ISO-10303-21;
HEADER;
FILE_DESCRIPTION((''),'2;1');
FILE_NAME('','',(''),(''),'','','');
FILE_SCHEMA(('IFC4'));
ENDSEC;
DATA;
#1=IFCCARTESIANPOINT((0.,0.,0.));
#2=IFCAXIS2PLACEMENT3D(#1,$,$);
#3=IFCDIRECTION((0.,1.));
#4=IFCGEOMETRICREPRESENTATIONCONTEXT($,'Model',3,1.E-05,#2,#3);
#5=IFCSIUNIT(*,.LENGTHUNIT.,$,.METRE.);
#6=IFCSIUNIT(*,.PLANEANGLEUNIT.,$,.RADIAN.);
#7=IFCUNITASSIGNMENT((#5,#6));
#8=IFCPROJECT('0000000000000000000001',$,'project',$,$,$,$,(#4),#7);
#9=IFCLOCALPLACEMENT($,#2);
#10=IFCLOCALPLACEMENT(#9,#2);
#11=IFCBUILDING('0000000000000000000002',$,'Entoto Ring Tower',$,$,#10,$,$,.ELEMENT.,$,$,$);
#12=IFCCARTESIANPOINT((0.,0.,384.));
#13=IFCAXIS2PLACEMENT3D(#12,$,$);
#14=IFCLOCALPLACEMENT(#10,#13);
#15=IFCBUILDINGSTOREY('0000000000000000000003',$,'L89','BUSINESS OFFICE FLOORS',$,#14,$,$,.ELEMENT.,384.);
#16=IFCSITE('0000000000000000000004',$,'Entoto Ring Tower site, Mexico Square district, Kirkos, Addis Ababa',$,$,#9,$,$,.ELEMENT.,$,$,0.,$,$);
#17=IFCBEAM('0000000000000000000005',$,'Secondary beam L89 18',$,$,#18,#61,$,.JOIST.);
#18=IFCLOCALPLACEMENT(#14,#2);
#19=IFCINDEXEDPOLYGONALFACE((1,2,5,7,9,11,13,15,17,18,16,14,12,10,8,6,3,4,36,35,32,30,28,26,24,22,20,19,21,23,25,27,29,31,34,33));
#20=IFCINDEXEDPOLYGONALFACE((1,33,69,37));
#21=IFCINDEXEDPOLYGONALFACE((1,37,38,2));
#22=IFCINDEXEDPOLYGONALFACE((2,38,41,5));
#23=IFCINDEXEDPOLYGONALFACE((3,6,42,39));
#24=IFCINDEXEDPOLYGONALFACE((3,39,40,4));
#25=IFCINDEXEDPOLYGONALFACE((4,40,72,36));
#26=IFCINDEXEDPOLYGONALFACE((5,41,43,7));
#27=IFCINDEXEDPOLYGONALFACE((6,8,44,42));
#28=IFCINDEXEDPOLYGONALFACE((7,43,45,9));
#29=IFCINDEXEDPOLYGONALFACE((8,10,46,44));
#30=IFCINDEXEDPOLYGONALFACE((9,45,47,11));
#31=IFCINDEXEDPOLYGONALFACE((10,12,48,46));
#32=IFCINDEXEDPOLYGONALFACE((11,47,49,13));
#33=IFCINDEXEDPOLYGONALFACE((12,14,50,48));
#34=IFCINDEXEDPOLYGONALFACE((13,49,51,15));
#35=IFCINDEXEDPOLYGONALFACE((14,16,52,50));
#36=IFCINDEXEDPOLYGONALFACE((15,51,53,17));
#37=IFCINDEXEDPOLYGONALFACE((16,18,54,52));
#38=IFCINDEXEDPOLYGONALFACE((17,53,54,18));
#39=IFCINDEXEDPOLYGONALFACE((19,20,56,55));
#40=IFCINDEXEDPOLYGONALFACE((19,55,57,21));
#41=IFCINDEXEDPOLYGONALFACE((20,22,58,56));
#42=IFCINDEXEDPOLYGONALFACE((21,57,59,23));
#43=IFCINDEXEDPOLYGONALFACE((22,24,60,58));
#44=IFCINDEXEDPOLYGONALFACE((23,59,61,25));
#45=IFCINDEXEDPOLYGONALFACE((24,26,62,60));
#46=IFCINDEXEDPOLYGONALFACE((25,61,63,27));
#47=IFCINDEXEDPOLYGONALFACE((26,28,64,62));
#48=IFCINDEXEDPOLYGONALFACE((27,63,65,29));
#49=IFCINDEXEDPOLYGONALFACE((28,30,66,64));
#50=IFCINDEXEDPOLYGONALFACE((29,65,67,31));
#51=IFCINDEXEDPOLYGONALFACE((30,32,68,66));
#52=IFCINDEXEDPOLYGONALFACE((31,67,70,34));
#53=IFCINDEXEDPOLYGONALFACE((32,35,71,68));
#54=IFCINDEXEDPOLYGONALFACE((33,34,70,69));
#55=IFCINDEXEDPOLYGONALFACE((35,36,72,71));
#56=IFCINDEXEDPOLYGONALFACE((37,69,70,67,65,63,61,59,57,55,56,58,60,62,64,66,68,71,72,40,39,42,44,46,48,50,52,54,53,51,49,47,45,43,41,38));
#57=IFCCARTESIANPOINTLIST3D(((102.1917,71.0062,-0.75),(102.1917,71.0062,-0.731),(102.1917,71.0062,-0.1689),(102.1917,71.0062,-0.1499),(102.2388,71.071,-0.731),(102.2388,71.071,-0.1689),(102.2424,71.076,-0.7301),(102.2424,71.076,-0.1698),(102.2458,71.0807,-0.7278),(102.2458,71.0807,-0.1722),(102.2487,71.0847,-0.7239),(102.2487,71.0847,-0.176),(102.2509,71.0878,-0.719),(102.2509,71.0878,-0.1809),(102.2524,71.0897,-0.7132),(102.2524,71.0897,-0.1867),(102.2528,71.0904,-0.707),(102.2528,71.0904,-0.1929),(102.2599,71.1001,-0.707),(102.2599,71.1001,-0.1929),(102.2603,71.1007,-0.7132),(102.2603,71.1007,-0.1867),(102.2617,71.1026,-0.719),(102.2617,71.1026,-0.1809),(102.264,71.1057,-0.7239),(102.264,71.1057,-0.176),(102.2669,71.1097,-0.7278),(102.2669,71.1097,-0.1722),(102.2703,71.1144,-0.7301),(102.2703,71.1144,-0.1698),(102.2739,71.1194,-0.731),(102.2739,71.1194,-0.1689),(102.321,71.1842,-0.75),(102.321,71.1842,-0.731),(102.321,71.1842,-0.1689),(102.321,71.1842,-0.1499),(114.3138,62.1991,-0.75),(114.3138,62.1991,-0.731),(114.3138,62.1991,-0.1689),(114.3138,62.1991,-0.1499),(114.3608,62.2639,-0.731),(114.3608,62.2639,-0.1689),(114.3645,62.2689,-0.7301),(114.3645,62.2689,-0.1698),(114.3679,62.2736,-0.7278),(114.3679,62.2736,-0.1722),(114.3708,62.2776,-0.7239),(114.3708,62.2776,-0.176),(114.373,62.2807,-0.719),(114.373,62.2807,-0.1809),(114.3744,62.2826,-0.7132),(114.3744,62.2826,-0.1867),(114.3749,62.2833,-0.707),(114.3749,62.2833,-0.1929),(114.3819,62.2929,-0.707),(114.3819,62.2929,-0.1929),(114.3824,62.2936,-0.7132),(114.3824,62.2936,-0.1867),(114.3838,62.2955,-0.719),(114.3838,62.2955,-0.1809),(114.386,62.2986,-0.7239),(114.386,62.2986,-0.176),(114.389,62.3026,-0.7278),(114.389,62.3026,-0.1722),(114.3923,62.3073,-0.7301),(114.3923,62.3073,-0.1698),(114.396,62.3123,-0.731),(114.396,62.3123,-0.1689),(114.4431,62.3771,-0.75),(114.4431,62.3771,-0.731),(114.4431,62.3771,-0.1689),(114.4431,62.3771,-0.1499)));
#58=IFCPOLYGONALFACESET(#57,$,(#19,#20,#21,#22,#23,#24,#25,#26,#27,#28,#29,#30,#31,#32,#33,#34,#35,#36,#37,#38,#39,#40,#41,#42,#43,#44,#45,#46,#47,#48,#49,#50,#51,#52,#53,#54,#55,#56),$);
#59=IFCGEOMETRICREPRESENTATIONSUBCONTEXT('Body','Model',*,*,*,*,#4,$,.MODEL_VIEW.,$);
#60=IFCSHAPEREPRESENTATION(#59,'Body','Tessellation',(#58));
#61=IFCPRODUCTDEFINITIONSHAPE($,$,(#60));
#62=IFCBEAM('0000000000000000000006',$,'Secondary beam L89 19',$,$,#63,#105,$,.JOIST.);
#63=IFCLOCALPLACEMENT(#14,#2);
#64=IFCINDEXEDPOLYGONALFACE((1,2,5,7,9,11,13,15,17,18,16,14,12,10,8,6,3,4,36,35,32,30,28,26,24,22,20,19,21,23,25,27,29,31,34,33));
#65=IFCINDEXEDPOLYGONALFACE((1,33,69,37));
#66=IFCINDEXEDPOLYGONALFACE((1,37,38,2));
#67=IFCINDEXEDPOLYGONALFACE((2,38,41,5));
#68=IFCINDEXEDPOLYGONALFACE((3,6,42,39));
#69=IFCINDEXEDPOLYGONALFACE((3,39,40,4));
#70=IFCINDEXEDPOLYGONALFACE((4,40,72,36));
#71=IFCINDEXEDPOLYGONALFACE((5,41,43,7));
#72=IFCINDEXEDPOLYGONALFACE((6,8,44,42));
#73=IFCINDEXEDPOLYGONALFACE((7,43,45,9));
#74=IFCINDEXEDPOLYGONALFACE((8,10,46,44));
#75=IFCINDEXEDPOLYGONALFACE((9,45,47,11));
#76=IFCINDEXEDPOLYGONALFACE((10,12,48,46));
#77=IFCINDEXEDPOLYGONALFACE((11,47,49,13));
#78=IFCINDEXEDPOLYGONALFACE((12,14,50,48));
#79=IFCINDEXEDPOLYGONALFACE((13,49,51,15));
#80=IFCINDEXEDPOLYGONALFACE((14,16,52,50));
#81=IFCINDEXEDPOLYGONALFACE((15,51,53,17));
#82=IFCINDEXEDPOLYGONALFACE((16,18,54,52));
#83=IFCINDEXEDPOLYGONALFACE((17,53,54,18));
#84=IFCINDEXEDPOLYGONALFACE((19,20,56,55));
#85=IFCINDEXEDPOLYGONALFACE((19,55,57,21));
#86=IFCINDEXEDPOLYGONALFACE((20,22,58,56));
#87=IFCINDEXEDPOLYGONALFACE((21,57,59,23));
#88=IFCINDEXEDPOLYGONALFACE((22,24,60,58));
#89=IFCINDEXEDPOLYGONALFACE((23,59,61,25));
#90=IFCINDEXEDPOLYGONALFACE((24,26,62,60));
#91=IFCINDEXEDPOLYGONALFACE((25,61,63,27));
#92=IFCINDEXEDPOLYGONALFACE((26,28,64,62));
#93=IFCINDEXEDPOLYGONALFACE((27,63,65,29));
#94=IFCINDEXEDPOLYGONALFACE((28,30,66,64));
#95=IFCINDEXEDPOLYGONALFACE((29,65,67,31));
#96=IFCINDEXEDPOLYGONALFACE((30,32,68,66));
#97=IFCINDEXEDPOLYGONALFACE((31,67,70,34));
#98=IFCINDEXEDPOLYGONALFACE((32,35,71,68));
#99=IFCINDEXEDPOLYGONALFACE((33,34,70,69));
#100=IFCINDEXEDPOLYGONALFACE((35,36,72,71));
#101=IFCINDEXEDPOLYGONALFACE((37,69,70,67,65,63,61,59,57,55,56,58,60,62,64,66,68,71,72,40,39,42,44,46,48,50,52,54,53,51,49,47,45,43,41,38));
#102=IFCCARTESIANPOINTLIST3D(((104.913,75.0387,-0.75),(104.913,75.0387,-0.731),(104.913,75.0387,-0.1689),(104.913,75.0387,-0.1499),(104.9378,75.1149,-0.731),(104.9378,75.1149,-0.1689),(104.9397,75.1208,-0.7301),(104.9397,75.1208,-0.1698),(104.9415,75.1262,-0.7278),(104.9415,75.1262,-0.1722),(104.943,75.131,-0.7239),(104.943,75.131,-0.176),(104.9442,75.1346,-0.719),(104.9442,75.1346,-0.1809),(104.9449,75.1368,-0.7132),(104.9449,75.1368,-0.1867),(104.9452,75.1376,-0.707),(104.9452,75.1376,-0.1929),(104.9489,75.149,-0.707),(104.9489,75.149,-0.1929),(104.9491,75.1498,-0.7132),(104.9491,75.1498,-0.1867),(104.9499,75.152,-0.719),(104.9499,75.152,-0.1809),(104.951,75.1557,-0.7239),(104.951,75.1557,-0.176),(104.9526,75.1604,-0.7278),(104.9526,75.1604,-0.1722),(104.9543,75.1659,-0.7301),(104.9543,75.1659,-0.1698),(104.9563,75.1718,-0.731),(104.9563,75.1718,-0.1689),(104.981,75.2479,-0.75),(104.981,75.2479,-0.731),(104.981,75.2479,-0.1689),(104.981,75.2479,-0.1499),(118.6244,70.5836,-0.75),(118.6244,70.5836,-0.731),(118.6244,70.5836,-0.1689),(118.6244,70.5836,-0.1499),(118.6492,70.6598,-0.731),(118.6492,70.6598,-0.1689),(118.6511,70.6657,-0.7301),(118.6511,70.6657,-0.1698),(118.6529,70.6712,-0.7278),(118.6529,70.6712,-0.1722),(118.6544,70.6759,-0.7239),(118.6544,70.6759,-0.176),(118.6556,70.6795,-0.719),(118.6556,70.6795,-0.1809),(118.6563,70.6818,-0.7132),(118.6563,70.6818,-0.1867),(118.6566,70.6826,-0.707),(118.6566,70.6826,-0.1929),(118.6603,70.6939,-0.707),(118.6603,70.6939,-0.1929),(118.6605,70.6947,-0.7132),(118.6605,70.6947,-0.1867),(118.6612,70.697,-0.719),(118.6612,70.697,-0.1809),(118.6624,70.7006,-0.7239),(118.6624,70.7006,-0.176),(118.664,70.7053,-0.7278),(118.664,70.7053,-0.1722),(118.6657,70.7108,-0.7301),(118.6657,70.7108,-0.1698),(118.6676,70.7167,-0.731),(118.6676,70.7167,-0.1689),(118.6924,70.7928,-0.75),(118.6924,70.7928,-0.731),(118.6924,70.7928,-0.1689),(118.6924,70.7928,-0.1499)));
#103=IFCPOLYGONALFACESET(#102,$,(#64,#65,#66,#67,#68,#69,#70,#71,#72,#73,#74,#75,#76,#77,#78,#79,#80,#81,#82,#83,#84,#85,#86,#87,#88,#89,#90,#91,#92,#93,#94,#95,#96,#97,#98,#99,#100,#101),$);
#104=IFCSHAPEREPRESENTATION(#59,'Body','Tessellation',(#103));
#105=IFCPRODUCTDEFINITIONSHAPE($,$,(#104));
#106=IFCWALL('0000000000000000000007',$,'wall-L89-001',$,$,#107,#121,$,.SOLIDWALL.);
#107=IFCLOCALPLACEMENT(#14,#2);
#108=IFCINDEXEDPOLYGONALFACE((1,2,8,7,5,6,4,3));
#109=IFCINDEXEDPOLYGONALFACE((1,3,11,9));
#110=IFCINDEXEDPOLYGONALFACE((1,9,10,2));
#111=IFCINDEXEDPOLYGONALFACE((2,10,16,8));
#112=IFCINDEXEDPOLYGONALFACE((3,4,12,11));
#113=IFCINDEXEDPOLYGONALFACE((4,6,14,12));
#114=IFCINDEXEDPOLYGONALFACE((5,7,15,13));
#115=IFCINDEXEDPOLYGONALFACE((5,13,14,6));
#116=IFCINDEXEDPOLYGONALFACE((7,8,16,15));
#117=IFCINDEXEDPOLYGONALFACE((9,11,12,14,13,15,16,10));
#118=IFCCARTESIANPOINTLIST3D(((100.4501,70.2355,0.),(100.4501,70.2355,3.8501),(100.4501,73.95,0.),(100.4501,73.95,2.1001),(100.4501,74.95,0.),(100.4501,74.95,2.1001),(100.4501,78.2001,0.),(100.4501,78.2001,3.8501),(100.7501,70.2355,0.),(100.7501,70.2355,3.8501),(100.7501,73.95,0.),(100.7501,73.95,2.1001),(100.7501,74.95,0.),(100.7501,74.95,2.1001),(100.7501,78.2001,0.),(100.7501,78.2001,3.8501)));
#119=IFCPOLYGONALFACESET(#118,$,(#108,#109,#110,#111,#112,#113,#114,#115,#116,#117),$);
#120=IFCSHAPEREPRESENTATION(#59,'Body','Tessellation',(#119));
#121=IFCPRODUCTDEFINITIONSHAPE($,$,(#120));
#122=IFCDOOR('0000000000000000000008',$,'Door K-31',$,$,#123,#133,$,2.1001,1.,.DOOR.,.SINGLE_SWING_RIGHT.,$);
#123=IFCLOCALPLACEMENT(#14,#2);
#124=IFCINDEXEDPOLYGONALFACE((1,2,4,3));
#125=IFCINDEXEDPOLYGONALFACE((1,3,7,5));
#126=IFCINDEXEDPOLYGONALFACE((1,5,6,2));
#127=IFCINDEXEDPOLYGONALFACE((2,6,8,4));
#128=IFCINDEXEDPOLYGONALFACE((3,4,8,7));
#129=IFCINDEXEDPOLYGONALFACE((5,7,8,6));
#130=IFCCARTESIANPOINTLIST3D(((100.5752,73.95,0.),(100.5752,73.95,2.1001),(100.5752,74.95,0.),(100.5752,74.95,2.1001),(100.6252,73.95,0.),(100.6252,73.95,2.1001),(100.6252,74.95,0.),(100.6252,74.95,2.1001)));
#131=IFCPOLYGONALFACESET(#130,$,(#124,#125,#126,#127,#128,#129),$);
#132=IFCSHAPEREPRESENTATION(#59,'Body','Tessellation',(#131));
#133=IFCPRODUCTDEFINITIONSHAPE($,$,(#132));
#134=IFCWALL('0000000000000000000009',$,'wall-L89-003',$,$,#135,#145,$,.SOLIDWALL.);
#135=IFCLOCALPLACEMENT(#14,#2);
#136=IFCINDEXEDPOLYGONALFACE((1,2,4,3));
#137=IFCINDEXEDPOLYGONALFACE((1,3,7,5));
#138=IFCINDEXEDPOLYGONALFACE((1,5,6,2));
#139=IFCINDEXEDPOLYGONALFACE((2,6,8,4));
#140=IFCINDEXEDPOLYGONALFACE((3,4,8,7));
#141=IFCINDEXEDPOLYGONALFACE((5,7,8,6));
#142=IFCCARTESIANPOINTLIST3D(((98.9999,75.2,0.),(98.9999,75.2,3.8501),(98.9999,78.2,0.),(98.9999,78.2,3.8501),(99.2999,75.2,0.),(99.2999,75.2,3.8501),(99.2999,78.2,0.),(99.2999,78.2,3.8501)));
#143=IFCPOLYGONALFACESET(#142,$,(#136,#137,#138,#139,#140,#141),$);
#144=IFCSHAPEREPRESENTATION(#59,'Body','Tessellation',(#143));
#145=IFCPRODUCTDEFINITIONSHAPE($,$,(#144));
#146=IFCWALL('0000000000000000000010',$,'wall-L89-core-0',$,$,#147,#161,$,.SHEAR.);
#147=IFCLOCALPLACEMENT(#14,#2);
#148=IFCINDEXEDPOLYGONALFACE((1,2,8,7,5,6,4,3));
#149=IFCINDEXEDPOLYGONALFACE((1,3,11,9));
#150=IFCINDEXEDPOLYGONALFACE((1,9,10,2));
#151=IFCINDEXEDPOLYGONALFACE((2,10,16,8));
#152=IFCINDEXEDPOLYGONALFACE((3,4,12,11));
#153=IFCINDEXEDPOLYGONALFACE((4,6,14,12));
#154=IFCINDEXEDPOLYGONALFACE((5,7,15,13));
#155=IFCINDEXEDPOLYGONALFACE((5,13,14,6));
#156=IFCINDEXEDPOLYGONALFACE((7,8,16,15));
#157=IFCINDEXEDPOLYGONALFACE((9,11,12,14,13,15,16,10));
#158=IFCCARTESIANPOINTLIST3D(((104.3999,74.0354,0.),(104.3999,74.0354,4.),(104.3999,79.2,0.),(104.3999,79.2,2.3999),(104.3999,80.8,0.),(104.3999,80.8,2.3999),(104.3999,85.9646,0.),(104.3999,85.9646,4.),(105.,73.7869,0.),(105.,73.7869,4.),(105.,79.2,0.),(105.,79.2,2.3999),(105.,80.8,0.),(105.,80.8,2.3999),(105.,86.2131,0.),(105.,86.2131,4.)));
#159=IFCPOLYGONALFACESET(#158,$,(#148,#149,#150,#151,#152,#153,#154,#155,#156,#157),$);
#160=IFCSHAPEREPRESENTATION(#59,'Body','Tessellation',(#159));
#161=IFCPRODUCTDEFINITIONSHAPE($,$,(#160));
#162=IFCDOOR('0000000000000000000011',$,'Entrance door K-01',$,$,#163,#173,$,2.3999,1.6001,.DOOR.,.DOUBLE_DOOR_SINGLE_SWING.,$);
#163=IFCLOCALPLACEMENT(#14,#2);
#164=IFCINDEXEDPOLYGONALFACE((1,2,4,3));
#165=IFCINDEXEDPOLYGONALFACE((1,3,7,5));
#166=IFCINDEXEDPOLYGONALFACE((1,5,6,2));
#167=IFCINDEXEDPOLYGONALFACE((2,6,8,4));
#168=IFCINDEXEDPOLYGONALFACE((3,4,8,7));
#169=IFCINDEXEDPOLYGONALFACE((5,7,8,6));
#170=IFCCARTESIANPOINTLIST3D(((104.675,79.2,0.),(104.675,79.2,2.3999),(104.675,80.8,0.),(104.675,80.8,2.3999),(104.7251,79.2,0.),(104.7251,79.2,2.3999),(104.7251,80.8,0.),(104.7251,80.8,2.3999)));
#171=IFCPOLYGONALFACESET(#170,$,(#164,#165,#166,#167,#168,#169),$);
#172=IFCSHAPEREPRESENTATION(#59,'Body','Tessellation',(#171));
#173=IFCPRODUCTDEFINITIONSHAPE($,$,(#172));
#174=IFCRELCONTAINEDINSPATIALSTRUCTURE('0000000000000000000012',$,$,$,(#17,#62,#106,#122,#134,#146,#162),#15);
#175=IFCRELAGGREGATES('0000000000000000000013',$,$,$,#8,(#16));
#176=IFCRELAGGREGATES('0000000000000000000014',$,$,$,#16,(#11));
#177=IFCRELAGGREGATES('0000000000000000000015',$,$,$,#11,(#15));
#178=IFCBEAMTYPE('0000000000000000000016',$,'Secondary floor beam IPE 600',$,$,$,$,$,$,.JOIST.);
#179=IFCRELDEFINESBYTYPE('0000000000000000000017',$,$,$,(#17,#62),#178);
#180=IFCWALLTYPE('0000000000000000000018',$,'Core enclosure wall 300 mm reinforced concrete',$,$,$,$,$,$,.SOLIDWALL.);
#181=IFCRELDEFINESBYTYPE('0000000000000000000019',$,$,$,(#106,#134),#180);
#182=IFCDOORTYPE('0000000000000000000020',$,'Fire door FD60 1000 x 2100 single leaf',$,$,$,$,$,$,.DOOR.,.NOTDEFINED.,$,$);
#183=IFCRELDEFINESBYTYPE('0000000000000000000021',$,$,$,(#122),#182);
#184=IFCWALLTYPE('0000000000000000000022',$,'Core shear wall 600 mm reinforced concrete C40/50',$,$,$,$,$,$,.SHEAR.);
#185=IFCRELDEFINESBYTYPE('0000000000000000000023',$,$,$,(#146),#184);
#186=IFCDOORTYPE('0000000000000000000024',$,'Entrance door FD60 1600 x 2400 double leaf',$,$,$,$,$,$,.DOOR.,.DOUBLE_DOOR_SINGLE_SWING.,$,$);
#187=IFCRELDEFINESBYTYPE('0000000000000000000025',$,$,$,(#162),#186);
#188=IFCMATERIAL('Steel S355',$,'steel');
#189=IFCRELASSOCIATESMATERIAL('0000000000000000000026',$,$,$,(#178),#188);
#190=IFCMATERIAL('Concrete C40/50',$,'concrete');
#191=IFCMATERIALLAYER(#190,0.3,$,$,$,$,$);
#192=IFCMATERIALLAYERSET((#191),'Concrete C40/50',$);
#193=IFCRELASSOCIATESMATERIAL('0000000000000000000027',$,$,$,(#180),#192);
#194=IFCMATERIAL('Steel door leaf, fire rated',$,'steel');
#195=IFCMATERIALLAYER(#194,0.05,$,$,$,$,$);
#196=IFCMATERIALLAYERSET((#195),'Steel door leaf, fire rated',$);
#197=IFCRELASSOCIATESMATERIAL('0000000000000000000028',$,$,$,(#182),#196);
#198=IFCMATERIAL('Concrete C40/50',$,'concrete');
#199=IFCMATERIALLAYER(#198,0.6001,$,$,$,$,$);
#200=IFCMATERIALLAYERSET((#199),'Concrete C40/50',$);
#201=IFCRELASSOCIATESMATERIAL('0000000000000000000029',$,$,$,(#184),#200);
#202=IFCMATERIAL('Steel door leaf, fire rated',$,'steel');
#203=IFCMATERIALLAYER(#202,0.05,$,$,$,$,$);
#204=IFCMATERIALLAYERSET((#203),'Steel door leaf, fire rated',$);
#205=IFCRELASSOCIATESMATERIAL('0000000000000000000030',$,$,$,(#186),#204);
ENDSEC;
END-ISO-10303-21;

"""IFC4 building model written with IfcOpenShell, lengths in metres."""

from ifc_helpers import new_model, si_unit, direction, frame, frame_2d, origin, origin_2d, place, context, subcontext, project, spatial, polyline, rectangle, i_section, outline, extrude, material, layer, layer_set, material_profile, profile_set, type_object, element, fill, save


model = new_model("IFC4")

# Units and contexts
model_context = context("Model", 3, precision=1e-05, world=origin(), true_north=direction((0.0, 1.0)))
body_context = subcontext(model_context, "Body", "Model", "MODEL_VIEW")
ifc_project = project(units=[si_unit("LENGTHUNIT", "METRE"), si_unit("PLANEANGLEUNIT", "RADIAN")], contexts=[model_context])

# Site, building, storey
site_placement = place(None, origin())
site = spatial("IfcSite", under=ifc_project, at=site_placement, Name="Entoto Ring Tower site, Mexico Square district, Kirkos, Addis Ababa", CompositionType="ELEMENT", RefElevation=0.0)
building_placement = place(site_placement, origin())
building = spatial("IfcBuilding", under=site, at=building_placement, Name="Entoto Ring Tower", CompositionType="ELEMENT")
storey_placement = place(building_placement, frame((0.0, 0.0, 384.0)))
storey = spatial("IfcBuildingStorey", under=building, at=storey_placement, Name="L89", Description="BUSINESS OFFICE FLOORS", CompositionType="ELEMENT", Elevation=384.0)

# Beams
ifc_material_1 = material(Name="Steel S355", Category="steel")
ifc_material_profile_1 = material_profile(ifc_material_1, i_section(OverallWidth=0.22, OverallDepth=0.6001, WebThickness=0.012, FlangeThickness=0.019, FilletRadius=0.0239, at=origin_2d()), Name="IPE 600")
ifc_profile_set_1 = profile_set([ifc_material_profile_1], Name="Steel S355")
beam_type_1 = type_object("IfcBeamType", Name="Secondary floor beam IPE 600", PredefinedType="JOIST", material=ifc_profile_set_1)
for number, where, z_axis, x_axis, name in (
    (1, (102.2563, 71.0952, -0.45), (0.809019, -0.587782, 0.0), (0.587782, 0.809019, 0.0), "Secondary beam L89 18"),
):
    element("IfcBeam", number, at=place(storey_placement, frame(where, z_axis=z_axis, x_axis=x_axis)), inside=storey, type_object=beam_type_1, Name=name, PredefinedType="JOIST", context=body_context, shape_type="SweptSolid", body=[
        extrude(i_section(OverallWidth=0.22, OverallDepth=0.6001, WebThickness=0.012, FlangeThickness=0.019, FilletRadius=0.0239, at=origin_2d()), origin(), (0.0, 0.0, 1.0), 14.9836),
    ])
beam_1_placement = place(storey_placement, frame((104.947, 75.1433, -0.45), z_axis=(0.951057, -0.309015, 0.0), x_axis=(0.309015, 0.951057, 0.0)))
element("IfcBeam", 2, at=beam_1_placement, inside=storey, type_object=beam_type_1, Name="Secondary beam L89 19", PredefinedType="JOIST", context=body_context, shape_type="SweptSolid", body=[
    extrude(i_section(OverallWidth=0.22, OverallDepth=0.6001, WebThickness=0.012, FlangeThickness=0.019, FilletRadius=0.0239, at=origin_2d()), origin(), (0.0, 0.0, 1.0), 14.417),
])

# Wall, opening, door
ifc_material_2 = material(Name="Concrete C40/50", Category="concrete")
ifc_layer_1 = layer(ifc_material_2, 0.3)
ifc_layer_set_1 = layer_set([ifc_layer_1], Name="Concrete C40/50")
wall_type_1 = type_object("IfcWallType", Name="Core enclosure wall 300 mm reinforced concrete", PredefinedType="SOLIDWALL", material=ifc_layer_set_1)
wall_1_placement = place(storey_placement, frame((100.6001, 70.2354, 0.0), z_axis=(0.0, 0.0, 1.0), x_axis=(0.0, 1.0, 0.0)))
wall_1 = element("IfcWall", 3, at=wall_1_placement, inside=storey, type_object=wall_type_1, Name="wall-L89-001", PredefinedType="SOLIDWALL", context=body_context, shape_type="SweptSolid", body=[
    extrude(rectangle(XDim=7.9646, YDim=0.3, at=frame_2d((3.9824, 0.0))), origin(), (0.0, 0.0, 1.0), 3.8501),
])
opening_1_placement = place(wall_1_placement, frame((3.7146, 0.0, 0.0)))
opening_1 = element("IfcOpeningElement", 4, at=opening_1_placement, cuts=wall_1, PredefinedType="OPENING", context=body_context, shape_type="SweptSolid", body=[
    extrude(rectangle(XDim=1.0, YDim=2.1001, at=frame_2d((0.5, 1.05))), frame((0.0, 0.1602, 0.0), z_axis=(0.0, -1.0, 0.0), x_axis=(1.0, 0.0, 0.0)), (0.0, 0.0, 1.0), 0.3201),
])
ifc_material_3 = material(Name="Steel door leaf, fire rated", Category="steel")
ifc_layer_2 = layer(ifc_material_3, 0.05)
ifc_layer_set_2 = layer_set([ifc_layer_2], Name="Steel door leaf, fire rated")
door_type_1 = type_object("IfcDoorType", Name="Fire door FD60 1000 x 2100 single leaf", OperationType="NOTDEFINED", PredefinedType="DOOR", material=ifc_layer_set_2)
door_1_placement = place(opening_1_placement, origin())
door_1 = element("IfcDoor", 5, at=door_1_placement, inside=storey, type_object=door_type_1, Name="Door K-31", OperationType="SINGLE_SWING_RIGHT", OverallHeight=2.1001, OverallWidth=1.0, PredefinedType="DOOR", context=body_context, shape_type="SweptSolid", body=[
    extrude(rectangle(XDim=1.0, YDim=2.1001, at=frame_2d((0.5, 1.05))), frame((0.0, 0.0249, 0.0), z_axis=(0.0, -1.0, 0.0), x_axis=(1.0, 0.0, 0.0)), (0.0, 0.0, 1.0), 0.05),
])
fill(opening_1, door_1)

# Wall
wall_2_placement = place(storey_placement, frame((99.1499, 75.2, 0.0), z_axis=(0.0, 0.0, 1.0), x_axis=(0.0, 1.0, 0.0)))
element("IfcWall", 6, at=wall_2_placement, inside=storey, type_object=wall_type_1, Name="wall-L89-003", PredefinedType="SOLIDWALL", context=body_context, shape_type="SweptSolid", body=[
    extrude(rectangle(XDim=3.0, YDim=0.3, at=frame_2d((1.5, 0.0))), origin(), (0.0, 0.0, 1.0), 3.8501),
])

# Wall, opening, door
ifc_material_4 = material(Name="Concrete C40/50", Category="concrete")
ifc_layer_3 = layer(ifc_material_4, 0.6001)
ifc_layer_set_3 = layer_set([ifc_layer_3], Name="Concrete C40/50")
wall_type_2 = type_object("IfcWallType", Name="Core shear wall 600 mm reinforced concrete C40/50", PredefinedType="SHEAR", material=ifc_layer_set_3)
wall_3_placement = place(storey_placement, frame((104.7, 73.9111, 0.0), z_axis=(0.0, 0.0, 1.0), x_axis=(0.0, 1.0, 0.0)))
wall_3 = element("IfcWall", 7, at=wall_3_placement, inside=storey, type_object=wall_type_2, Name="wall-L89-core-0", PredefinedType="SHEAR", context=body_context, shape_type="SweptSolid", body=[
    extrude(outline(polyline([(-0.1243, -0.3), (12.302, -0.3), (12.0535, 0.3), (0.1243, 0.3), (-0.1243, -0.3)])), origin(), (0.0, 0.0, 1.0), 4.0),
])
opening_2_placement = place(wall_3_placement, frame((5.2888, 0.0, 0.0)))
opening_2 = element("IfcOpeningElement", 8, at=opening_2_placement, cuts=wall_3, PredefinedType="OPENING", context=body_context, shape_type="SweptSolid", body=[
    extrude(rectangle(XDim=1.6001, YDim=2.3999, at=frame_2d((0.8, 1.2))), frame((0.0, 0.3101, 0.0), z_axis=(0.0, -1.0, 0.0), x_axis=(1.0, 0.0, 0.0)), (0.0, 0.0, 1.0), 0.6201),
])
ifc_material_5 = material(Name="Steel door leaf, fire rated", Category="steel")
ifc_layer_4 = layer(ifc_material_5, 0.05)
ifc_layer_set_4 = layer_set([ifc_layer_4], Name="Steel door leaf, fire rated")
door_type_2 = type_object("IfcDoorType", Name="Entrance door FD60 1600 x 2400 double leaf", OperationType="DOUBLE_DOOR_SINGLE_SWING", PredefinedType="DOOR", material=ifc_layer_set_4)
door_2_placement = place(opening_2_placement, origin())
door_2 = element("IfcDoor", 9, at=door_2_placement, inside=storey, type_object=door_type_2, Name="Entrance door K-01", OperationType="DOUBLE_DOOR_SINGLE_SWING", OverallHeight=2.3999, OverallWidth=1.6001, PredefinedType="DOOR", context=body_context, shape_type="SweptSolid", body=[
    extrude(rectangle(XDim=1.6001, YDim=2.3999, at=frame_2d((0.8, 1.2))), frame((0.0, 0.0249, 0.0), z_axis=(0.0, -1.0, 0.0), x_axis=(1.0, 0.0, 0.0)), (0.0, 0.0, 1.0), 0.05),
])
fill(opening_2, door_2)

save(model, "model.ifc")
